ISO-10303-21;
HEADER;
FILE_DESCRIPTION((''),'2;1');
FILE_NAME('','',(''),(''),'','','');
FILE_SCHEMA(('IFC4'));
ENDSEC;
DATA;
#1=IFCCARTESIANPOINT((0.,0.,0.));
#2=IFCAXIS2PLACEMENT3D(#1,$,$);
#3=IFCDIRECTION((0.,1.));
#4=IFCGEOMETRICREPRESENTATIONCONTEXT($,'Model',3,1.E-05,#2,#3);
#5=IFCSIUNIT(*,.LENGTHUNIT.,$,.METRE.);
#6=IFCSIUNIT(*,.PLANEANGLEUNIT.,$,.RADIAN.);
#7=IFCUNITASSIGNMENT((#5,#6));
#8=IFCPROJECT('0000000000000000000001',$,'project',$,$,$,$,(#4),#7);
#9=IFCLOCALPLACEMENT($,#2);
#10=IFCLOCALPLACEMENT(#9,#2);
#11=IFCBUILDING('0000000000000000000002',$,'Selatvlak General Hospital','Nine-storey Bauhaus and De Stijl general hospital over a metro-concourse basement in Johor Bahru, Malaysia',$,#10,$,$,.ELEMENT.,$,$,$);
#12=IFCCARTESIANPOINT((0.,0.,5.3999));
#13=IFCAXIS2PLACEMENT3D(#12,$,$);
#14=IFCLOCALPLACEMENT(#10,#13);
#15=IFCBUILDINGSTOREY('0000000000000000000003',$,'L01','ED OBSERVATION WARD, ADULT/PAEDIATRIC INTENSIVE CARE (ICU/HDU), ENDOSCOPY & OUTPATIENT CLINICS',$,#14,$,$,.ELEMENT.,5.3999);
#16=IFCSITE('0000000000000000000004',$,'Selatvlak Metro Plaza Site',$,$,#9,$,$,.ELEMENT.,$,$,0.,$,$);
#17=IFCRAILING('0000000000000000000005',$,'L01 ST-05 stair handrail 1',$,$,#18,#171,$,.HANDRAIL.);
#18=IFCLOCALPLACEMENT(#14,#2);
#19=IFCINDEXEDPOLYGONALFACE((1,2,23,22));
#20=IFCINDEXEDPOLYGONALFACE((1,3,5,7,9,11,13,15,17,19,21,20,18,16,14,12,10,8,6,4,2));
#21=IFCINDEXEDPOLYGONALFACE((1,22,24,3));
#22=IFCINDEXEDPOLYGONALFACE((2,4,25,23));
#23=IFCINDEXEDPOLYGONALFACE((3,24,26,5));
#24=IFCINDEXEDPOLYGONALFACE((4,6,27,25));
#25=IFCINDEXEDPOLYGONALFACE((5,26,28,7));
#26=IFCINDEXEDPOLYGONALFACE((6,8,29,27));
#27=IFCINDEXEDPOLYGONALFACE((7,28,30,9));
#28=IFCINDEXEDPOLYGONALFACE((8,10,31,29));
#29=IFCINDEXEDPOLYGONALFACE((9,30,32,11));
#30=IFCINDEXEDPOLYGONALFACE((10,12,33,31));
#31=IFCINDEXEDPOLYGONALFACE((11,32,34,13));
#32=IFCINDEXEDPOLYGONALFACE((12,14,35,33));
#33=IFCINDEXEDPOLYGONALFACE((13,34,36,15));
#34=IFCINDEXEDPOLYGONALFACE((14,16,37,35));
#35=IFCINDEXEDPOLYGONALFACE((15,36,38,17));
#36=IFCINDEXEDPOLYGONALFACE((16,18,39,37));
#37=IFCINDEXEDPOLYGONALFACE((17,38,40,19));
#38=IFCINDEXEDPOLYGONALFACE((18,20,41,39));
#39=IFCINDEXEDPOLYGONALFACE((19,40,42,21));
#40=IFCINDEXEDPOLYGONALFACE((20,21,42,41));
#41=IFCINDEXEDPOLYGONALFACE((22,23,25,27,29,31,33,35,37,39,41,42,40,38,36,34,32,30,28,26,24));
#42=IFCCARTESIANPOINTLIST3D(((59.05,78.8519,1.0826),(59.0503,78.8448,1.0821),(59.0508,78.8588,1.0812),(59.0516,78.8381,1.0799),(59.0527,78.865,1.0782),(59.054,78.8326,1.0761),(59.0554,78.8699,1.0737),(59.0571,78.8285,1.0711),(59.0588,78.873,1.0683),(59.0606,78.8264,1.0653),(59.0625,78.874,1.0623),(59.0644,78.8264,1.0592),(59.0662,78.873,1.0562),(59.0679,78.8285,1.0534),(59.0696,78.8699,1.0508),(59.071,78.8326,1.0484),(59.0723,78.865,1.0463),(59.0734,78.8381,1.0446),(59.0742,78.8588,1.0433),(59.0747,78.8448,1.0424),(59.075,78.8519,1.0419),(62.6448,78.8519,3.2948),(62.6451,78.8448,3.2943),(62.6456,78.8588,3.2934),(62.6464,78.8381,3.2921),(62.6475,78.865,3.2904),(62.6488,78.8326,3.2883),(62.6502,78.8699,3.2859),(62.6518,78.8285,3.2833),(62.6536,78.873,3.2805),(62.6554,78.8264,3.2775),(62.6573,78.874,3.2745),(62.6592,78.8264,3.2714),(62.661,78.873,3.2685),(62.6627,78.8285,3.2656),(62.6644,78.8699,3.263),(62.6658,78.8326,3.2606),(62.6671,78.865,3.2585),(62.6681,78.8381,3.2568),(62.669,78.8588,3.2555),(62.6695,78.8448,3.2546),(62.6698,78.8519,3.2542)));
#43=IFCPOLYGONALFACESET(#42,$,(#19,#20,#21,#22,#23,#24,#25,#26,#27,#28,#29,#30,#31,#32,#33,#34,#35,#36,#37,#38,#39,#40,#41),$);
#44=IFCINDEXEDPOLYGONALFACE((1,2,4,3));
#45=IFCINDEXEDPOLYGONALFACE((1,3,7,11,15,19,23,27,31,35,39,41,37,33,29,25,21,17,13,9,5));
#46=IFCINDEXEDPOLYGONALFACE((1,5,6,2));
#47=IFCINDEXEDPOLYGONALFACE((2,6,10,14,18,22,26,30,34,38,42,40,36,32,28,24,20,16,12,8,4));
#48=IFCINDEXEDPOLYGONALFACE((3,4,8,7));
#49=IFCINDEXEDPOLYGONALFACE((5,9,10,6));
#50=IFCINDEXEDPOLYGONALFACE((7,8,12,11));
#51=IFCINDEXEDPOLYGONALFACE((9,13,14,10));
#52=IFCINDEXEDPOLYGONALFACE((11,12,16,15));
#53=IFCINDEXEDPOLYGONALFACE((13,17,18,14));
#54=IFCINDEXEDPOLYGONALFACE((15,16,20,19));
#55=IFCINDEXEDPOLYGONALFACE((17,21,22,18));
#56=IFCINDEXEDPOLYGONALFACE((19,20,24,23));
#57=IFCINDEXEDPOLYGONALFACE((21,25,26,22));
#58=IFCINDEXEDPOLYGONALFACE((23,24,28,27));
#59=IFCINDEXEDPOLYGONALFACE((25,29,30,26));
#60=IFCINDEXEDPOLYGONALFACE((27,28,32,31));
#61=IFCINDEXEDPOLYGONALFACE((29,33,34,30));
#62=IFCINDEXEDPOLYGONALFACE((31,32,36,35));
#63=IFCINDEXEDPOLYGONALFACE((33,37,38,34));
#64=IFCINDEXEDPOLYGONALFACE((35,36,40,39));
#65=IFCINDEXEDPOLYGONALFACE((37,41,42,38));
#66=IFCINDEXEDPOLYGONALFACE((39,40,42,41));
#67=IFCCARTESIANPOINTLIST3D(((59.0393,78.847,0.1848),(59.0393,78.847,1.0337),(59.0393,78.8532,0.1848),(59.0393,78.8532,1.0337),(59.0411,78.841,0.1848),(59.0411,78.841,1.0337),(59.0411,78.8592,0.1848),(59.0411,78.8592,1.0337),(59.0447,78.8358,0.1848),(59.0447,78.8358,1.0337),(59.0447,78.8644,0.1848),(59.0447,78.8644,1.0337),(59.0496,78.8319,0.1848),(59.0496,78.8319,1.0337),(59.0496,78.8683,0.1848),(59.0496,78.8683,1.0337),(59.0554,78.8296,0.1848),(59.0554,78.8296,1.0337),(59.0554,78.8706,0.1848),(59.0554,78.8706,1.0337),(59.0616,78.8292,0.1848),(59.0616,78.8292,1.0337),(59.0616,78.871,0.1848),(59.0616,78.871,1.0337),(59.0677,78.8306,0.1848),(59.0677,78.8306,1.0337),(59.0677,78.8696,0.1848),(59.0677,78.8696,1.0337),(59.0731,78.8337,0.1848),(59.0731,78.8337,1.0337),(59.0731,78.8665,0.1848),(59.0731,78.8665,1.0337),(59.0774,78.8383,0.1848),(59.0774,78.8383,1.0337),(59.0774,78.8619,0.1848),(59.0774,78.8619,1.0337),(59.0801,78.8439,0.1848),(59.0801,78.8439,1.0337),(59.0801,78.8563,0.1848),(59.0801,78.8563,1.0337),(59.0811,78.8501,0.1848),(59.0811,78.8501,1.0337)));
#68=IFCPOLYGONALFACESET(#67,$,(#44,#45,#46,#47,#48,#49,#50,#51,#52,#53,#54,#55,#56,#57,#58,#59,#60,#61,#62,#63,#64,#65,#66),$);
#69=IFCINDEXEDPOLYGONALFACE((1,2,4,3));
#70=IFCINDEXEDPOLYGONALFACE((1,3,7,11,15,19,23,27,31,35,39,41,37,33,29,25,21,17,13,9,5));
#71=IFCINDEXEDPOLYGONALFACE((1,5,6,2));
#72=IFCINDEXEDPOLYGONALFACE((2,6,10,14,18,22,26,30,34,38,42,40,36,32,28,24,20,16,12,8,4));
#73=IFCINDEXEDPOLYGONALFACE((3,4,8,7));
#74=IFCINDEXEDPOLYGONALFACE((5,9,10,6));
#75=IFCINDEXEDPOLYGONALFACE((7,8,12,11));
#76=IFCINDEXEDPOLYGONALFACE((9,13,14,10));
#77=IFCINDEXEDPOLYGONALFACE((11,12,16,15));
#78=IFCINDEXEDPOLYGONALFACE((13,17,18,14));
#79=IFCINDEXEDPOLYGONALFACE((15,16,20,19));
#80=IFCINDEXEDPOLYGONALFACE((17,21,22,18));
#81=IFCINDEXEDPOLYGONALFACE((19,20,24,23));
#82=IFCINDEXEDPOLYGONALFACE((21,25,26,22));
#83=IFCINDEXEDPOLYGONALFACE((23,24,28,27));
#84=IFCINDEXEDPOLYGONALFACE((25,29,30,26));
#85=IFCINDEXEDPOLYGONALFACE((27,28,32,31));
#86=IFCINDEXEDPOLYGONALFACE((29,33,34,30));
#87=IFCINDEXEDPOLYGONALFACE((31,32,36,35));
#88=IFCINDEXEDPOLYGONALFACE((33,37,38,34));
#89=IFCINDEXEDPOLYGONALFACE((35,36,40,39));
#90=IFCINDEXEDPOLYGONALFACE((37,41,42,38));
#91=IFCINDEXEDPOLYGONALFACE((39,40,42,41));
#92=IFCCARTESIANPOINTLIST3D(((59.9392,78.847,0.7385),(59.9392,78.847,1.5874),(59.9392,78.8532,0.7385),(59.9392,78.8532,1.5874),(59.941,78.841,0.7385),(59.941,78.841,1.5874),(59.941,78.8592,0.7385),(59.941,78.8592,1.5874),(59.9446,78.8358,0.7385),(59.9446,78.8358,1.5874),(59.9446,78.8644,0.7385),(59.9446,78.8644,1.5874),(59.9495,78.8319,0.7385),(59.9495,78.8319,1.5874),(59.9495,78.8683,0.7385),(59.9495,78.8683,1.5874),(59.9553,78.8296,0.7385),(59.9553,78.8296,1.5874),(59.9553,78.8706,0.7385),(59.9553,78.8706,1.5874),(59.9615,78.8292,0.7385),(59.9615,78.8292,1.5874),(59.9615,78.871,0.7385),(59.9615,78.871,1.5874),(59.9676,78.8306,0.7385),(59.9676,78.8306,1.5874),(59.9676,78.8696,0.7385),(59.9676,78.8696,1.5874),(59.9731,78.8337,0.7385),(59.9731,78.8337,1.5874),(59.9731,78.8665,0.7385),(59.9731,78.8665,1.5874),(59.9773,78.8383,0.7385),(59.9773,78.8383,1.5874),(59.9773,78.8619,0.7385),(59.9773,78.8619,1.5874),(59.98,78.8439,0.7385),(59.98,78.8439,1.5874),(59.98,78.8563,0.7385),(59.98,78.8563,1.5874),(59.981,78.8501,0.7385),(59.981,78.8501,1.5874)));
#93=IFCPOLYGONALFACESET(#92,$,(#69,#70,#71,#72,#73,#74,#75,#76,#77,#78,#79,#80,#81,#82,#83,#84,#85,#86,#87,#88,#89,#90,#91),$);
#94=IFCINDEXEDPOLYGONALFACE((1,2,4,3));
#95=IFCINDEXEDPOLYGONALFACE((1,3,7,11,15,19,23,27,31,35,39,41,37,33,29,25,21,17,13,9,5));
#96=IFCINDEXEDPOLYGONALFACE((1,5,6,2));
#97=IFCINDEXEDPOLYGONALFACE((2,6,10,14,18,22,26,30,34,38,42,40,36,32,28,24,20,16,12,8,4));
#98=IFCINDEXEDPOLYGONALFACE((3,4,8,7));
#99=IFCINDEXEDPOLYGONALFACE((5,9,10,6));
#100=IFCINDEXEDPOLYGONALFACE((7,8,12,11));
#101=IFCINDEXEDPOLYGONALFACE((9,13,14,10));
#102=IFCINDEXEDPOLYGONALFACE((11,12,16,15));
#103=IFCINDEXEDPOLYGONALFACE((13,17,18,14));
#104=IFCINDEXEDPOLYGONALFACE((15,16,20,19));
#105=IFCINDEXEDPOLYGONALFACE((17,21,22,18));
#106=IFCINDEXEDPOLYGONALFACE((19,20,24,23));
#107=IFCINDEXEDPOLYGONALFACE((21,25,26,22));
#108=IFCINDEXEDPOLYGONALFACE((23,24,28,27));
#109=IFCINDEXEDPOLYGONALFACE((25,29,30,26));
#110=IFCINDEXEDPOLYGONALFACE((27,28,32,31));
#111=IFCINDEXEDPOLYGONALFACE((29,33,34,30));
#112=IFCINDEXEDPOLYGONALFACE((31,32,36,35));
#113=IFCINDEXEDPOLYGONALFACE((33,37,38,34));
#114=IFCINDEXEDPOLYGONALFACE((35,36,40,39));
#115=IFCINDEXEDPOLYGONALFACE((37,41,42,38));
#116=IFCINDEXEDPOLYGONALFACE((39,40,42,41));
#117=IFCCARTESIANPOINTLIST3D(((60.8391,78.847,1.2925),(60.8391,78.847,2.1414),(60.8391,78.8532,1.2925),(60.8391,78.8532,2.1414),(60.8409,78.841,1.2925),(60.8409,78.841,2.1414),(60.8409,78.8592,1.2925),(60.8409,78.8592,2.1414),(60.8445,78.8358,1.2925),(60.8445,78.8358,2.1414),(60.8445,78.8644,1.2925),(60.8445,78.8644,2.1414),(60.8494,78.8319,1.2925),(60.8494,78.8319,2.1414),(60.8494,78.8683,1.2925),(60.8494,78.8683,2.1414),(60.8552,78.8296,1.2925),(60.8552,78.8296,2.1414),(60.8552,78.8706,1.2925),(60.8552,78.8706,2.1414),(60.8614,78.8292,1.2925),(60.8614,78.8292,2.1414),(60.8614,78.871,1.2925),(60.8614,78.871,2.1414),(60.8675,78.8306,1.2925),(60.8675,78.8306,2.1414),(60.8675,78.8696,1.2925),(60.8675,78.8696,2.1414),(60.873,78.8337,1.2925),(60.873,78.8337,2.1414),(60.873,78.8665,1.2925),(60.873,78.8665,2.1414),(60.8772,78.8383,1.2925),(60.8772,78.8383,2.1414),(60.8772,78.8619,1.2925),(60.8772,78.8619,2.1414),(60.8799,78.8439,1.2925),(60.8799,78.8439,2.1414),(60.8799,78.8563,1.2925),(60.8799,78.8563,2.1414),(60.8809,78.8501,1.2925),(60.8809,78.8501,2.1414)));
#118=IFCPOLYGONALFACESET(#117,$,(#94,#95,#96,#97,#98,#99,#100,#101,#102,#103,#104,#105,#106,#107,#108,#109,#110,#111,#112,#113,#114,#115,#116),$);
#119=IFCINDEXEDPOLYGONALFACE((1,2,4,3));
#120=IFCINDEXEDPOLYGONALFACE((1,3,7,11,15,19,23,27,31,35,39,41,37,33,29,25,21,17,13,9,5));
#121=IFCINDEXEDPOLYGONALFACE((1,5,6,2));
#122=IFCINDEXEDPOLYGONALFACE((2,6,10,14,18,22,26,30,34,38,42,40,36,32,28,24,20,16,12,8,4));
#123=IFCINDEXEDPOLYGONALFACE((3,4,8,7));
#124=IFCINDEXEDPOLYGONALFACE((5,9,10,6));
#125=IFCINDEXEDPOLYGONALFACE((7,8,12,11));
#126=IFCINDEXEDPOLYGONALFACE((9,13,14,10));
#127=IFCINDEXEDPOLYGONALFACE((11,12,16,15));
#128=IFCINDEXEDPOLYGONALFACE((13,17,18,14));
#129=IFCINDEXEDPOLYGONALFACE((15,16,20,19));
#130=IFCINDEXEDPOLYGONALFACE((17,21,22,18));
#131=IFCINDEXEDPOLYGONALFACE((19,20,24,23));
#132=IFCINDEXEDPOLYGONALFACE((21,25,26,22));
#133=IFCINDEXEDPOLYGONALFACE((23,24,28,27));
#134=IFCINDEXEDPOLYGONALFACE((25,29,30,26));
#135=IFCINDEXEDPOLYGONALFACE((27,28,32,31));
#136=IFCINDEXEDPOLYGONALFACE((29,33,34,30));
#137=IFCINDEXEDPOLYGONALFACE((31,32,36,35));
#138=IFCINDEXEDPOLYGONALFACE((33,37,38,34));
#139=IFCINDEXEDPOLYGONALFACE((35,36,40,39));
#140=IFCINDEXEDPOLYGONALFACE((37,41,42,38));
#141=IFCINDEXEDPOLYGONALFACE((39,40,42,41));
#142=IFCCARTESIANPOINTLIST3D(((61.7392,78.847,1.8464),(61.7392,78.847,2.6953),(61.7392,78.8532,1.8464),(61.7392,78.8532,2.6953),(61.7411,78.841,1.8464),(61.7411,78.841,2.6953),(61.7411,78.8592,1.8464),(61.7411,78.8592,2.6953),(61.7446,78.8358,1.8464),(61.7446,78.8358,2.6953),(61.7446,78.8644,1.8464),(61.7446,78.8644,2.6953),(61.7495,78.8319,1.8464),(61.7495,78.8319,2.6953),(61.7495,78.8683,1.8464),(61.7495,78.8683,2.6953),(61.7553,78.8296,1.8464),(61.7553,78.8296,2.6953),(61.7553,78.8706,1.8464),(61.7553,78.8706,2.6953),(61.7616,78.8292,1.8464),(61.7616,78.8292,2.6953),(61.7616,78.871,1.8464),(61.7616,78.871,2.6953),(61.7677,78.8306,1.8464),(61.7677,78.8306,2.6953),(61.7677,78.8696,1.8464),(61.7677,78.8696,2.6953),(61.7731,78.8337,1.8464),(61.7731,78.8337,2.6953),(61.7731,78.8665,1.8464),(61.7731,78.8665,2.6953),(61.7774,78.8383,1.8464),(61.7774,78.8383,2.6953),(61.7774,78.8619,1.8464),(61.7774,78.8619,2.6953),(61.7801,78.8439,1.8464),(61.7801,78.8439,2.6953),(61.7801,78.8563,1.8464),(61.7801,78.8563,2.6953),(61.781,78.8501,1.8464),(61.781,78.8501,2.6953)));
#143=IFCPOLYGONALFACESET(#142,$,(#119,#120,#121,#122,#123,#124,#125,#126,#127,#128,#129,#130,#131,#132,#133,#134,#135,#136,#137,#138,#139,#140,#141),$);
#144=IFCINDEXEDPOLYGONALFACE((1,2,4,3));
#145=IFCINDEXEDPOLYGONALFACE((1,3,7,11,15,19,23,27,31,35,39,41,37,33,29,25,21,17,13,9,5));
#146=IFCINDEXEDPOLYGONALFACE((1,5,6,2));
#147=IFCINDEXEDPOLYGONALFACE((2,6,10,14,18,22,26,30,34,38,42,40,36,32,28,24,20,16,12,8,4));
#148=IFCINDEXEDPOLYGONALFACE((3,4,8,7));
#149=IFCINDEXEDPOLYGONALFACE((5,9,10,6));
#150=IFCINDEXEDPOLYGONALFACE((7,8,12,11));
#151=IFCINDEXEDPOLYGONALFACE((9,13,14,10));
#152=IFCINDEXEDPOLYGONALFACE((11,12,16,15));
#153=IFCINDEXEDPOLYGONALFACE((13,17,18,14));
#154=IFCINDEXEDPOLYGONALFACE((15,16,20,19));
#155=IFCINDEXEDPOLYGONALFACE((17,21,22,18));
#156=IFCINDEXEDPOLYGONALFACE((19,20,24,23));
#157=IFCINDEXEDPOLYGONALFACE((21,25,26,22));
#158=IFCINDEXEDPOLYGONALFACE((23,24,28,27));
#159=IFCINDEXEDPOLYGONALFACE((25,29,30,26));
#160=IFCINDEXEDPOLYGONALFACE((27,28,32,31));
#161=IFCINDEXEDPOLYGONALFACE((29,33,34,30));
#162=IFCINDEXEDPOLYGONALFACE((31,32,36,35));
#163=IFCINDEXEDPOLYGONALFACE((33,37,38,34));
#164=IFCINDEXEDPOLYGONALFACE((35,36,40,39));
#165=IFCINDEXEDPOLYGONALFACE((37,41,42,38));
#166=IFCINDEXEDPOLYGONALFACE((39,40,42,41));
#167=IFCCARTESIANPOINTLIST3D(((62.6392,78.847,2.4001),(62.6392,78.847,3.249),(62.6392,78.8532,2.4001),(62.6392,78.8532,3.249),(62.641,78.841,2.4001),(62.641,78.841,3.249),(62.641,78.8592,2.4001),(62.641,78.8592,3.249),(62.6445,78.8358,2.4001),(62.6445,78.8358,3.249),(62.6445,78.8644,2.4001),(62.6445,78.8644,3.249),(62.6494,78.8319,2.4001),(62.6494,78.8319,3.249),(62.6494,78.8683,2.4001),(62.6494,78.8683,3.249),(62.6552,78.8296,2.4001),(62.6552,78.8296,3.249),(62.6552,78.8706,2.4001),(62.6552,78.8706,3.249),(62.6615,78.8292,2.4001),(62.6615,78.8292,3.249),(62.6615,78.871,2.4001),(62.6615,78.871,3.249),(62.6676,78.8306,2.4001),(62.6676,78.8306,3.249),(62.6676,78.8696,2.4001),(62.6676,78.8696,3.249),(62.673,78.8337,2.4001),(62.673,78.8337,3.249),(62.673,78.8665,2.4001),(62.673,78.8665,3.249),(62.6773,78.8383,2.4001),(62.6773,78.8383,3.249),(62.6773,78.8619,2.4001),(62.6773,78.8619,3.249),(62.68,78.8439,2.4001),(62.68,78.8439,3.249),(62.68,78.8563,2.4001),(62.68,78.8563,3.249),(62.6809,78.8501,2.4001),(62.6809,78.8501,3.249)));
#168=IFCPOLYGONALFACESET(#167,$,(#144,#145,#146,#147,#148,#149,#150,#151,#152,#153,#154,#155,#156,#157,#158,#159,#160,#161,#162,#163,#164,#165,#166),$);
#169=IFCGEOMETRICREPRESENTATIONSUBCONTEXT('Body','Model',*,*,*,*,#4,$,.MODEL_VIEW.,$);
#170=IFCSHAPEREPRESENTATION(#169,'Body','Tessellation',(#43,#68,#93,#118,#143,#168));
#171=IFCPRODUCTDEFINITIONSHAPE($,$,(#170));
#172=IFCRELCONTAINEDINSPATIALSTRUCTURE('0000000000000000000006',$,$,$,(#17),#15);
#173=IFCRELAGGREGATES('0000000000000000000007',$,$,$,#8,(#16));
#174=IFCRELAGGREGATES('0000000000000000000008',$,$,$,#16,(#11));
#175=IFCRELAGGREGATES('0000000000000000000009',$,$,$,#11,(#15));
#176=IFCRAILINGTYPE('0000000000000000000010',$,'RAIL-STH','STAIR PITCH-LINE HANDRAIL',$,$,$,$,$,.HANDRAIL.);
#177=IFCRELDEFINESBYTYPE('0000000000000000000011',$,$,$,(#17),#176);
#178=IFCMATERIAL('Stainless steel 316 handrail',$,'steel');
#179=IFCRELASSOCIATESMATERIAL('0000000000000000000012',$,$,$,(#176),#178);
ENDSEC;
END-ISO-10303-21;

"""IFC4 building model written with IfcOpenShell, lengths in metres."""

from ifc_helpers import new_model, si_unit, direction, frame, origin, origin_2d, place, context, subcontext, project, spatial, circle, extrude, material, type_object, element, save


model = new_model("IFC4")

# Units and contexts
model_context = context("Model", 3, precision=1e-05, world=origin(), true_north=direction((0.0, 1.0)))
body_context = subcontext(model_context, "Body", "Model", "MODEL_VIEW")
ifc_project = project(units=[si_unit("LENGTHUNIT", "METRE"), si_unit("PLANEANGLEUNIT", "RADIAN")], contexts=[model_context])

# Site, building, storey
site_placement = place(None, origin())
site = spatial("IfcSite", under=ifc_project, at=site_placement, Name="Selatvlak Metro Plaza Site", CompositionType="ELEMENT", RefElevation=0.0)
building_placement = place(site_placement, origin())
building = spatial("IfcBuilding", under=site, at=building_placement, Name="Selatvlak General Hospital", Description="Nine-storey Bauhaus and De Stijl general hospital over a metro-concourse basement in Johor Bahru, Malaysia", CompositionType="ELEMENT")
storey_placement = place(building_placement, frame((0.0, 0.0, 5.3999)))
storey = spatial("IfcBuildingStorey", under=building, at=storey_placement, Name="L01", Description="ED OBSERVATION WARD, ADULT/PAEDIATRIC INTENSIVE CARE (ICU/HDU), ENDOSCOPY & OUTPATIENT CLINICS", CompositionType="ELEMENT", Elevation=5.3999)

# Railing
ifc_material_1 = material(Name="Stainless steel 316 handrail", Category="steel")
railing_type_1 = type_object("IfcRailingType", Name="RAIL-STH", Description="STAIR PITCH-LINE HANDRAIL", PredefinedType="HANDRAIL", material=ifc_material_1)
railing_1_placement = place(storey_placement, frame((59.0601, 78.8501, 0.1848)))
element("IfcRailing", 1, at=railing_1_placement, inside=storey, type_object=railing_type_1, Name="L01 ST-05 stair handrail 1", PredefinedType="HANDRAIL", context=body_context, shape_type="SweptSolid", body=[
    extrude(circle(Radius=0.0239, at=origin_2d()), frame((0.0024, 0.0, 0.8774), z_axis=(0.851654, 0.0, 0.524104), x_axis=(0.0, 1.0, 0.0)), (0.0, 0.0, 1.0), 4.2209),
    extrude(circle(Radius=0.021, at=origin_2d()), origin(), (0.0, 0.0, 1.0), 0.8489),
    extrude(circle(Radius=0.021, at=origin_2d()), frame((0.8999, 0.0, 0.5537)), (0.0, 0.0, 1.0), 0.8489),
    extrude(circle(Radius=0.021, at=origin_2d()), frame((1.7998, 0.0, 1.1077)), (0.0, 0.0, 1.0), 0.8489),
    extrude(circle(Radius=0.021, at=origin_2d()), frame((2.7, 0.0, 1.6616)), (0.0, 0.0, 1.0), 0.8489),
    extrude(circle(Radius=0.021, at=origin_2d()), frame((3.5999, 0.0, 2.2153)), (0.0, 0.0, 1.0), 0.8489),
])

save(model, "model.ifc")
